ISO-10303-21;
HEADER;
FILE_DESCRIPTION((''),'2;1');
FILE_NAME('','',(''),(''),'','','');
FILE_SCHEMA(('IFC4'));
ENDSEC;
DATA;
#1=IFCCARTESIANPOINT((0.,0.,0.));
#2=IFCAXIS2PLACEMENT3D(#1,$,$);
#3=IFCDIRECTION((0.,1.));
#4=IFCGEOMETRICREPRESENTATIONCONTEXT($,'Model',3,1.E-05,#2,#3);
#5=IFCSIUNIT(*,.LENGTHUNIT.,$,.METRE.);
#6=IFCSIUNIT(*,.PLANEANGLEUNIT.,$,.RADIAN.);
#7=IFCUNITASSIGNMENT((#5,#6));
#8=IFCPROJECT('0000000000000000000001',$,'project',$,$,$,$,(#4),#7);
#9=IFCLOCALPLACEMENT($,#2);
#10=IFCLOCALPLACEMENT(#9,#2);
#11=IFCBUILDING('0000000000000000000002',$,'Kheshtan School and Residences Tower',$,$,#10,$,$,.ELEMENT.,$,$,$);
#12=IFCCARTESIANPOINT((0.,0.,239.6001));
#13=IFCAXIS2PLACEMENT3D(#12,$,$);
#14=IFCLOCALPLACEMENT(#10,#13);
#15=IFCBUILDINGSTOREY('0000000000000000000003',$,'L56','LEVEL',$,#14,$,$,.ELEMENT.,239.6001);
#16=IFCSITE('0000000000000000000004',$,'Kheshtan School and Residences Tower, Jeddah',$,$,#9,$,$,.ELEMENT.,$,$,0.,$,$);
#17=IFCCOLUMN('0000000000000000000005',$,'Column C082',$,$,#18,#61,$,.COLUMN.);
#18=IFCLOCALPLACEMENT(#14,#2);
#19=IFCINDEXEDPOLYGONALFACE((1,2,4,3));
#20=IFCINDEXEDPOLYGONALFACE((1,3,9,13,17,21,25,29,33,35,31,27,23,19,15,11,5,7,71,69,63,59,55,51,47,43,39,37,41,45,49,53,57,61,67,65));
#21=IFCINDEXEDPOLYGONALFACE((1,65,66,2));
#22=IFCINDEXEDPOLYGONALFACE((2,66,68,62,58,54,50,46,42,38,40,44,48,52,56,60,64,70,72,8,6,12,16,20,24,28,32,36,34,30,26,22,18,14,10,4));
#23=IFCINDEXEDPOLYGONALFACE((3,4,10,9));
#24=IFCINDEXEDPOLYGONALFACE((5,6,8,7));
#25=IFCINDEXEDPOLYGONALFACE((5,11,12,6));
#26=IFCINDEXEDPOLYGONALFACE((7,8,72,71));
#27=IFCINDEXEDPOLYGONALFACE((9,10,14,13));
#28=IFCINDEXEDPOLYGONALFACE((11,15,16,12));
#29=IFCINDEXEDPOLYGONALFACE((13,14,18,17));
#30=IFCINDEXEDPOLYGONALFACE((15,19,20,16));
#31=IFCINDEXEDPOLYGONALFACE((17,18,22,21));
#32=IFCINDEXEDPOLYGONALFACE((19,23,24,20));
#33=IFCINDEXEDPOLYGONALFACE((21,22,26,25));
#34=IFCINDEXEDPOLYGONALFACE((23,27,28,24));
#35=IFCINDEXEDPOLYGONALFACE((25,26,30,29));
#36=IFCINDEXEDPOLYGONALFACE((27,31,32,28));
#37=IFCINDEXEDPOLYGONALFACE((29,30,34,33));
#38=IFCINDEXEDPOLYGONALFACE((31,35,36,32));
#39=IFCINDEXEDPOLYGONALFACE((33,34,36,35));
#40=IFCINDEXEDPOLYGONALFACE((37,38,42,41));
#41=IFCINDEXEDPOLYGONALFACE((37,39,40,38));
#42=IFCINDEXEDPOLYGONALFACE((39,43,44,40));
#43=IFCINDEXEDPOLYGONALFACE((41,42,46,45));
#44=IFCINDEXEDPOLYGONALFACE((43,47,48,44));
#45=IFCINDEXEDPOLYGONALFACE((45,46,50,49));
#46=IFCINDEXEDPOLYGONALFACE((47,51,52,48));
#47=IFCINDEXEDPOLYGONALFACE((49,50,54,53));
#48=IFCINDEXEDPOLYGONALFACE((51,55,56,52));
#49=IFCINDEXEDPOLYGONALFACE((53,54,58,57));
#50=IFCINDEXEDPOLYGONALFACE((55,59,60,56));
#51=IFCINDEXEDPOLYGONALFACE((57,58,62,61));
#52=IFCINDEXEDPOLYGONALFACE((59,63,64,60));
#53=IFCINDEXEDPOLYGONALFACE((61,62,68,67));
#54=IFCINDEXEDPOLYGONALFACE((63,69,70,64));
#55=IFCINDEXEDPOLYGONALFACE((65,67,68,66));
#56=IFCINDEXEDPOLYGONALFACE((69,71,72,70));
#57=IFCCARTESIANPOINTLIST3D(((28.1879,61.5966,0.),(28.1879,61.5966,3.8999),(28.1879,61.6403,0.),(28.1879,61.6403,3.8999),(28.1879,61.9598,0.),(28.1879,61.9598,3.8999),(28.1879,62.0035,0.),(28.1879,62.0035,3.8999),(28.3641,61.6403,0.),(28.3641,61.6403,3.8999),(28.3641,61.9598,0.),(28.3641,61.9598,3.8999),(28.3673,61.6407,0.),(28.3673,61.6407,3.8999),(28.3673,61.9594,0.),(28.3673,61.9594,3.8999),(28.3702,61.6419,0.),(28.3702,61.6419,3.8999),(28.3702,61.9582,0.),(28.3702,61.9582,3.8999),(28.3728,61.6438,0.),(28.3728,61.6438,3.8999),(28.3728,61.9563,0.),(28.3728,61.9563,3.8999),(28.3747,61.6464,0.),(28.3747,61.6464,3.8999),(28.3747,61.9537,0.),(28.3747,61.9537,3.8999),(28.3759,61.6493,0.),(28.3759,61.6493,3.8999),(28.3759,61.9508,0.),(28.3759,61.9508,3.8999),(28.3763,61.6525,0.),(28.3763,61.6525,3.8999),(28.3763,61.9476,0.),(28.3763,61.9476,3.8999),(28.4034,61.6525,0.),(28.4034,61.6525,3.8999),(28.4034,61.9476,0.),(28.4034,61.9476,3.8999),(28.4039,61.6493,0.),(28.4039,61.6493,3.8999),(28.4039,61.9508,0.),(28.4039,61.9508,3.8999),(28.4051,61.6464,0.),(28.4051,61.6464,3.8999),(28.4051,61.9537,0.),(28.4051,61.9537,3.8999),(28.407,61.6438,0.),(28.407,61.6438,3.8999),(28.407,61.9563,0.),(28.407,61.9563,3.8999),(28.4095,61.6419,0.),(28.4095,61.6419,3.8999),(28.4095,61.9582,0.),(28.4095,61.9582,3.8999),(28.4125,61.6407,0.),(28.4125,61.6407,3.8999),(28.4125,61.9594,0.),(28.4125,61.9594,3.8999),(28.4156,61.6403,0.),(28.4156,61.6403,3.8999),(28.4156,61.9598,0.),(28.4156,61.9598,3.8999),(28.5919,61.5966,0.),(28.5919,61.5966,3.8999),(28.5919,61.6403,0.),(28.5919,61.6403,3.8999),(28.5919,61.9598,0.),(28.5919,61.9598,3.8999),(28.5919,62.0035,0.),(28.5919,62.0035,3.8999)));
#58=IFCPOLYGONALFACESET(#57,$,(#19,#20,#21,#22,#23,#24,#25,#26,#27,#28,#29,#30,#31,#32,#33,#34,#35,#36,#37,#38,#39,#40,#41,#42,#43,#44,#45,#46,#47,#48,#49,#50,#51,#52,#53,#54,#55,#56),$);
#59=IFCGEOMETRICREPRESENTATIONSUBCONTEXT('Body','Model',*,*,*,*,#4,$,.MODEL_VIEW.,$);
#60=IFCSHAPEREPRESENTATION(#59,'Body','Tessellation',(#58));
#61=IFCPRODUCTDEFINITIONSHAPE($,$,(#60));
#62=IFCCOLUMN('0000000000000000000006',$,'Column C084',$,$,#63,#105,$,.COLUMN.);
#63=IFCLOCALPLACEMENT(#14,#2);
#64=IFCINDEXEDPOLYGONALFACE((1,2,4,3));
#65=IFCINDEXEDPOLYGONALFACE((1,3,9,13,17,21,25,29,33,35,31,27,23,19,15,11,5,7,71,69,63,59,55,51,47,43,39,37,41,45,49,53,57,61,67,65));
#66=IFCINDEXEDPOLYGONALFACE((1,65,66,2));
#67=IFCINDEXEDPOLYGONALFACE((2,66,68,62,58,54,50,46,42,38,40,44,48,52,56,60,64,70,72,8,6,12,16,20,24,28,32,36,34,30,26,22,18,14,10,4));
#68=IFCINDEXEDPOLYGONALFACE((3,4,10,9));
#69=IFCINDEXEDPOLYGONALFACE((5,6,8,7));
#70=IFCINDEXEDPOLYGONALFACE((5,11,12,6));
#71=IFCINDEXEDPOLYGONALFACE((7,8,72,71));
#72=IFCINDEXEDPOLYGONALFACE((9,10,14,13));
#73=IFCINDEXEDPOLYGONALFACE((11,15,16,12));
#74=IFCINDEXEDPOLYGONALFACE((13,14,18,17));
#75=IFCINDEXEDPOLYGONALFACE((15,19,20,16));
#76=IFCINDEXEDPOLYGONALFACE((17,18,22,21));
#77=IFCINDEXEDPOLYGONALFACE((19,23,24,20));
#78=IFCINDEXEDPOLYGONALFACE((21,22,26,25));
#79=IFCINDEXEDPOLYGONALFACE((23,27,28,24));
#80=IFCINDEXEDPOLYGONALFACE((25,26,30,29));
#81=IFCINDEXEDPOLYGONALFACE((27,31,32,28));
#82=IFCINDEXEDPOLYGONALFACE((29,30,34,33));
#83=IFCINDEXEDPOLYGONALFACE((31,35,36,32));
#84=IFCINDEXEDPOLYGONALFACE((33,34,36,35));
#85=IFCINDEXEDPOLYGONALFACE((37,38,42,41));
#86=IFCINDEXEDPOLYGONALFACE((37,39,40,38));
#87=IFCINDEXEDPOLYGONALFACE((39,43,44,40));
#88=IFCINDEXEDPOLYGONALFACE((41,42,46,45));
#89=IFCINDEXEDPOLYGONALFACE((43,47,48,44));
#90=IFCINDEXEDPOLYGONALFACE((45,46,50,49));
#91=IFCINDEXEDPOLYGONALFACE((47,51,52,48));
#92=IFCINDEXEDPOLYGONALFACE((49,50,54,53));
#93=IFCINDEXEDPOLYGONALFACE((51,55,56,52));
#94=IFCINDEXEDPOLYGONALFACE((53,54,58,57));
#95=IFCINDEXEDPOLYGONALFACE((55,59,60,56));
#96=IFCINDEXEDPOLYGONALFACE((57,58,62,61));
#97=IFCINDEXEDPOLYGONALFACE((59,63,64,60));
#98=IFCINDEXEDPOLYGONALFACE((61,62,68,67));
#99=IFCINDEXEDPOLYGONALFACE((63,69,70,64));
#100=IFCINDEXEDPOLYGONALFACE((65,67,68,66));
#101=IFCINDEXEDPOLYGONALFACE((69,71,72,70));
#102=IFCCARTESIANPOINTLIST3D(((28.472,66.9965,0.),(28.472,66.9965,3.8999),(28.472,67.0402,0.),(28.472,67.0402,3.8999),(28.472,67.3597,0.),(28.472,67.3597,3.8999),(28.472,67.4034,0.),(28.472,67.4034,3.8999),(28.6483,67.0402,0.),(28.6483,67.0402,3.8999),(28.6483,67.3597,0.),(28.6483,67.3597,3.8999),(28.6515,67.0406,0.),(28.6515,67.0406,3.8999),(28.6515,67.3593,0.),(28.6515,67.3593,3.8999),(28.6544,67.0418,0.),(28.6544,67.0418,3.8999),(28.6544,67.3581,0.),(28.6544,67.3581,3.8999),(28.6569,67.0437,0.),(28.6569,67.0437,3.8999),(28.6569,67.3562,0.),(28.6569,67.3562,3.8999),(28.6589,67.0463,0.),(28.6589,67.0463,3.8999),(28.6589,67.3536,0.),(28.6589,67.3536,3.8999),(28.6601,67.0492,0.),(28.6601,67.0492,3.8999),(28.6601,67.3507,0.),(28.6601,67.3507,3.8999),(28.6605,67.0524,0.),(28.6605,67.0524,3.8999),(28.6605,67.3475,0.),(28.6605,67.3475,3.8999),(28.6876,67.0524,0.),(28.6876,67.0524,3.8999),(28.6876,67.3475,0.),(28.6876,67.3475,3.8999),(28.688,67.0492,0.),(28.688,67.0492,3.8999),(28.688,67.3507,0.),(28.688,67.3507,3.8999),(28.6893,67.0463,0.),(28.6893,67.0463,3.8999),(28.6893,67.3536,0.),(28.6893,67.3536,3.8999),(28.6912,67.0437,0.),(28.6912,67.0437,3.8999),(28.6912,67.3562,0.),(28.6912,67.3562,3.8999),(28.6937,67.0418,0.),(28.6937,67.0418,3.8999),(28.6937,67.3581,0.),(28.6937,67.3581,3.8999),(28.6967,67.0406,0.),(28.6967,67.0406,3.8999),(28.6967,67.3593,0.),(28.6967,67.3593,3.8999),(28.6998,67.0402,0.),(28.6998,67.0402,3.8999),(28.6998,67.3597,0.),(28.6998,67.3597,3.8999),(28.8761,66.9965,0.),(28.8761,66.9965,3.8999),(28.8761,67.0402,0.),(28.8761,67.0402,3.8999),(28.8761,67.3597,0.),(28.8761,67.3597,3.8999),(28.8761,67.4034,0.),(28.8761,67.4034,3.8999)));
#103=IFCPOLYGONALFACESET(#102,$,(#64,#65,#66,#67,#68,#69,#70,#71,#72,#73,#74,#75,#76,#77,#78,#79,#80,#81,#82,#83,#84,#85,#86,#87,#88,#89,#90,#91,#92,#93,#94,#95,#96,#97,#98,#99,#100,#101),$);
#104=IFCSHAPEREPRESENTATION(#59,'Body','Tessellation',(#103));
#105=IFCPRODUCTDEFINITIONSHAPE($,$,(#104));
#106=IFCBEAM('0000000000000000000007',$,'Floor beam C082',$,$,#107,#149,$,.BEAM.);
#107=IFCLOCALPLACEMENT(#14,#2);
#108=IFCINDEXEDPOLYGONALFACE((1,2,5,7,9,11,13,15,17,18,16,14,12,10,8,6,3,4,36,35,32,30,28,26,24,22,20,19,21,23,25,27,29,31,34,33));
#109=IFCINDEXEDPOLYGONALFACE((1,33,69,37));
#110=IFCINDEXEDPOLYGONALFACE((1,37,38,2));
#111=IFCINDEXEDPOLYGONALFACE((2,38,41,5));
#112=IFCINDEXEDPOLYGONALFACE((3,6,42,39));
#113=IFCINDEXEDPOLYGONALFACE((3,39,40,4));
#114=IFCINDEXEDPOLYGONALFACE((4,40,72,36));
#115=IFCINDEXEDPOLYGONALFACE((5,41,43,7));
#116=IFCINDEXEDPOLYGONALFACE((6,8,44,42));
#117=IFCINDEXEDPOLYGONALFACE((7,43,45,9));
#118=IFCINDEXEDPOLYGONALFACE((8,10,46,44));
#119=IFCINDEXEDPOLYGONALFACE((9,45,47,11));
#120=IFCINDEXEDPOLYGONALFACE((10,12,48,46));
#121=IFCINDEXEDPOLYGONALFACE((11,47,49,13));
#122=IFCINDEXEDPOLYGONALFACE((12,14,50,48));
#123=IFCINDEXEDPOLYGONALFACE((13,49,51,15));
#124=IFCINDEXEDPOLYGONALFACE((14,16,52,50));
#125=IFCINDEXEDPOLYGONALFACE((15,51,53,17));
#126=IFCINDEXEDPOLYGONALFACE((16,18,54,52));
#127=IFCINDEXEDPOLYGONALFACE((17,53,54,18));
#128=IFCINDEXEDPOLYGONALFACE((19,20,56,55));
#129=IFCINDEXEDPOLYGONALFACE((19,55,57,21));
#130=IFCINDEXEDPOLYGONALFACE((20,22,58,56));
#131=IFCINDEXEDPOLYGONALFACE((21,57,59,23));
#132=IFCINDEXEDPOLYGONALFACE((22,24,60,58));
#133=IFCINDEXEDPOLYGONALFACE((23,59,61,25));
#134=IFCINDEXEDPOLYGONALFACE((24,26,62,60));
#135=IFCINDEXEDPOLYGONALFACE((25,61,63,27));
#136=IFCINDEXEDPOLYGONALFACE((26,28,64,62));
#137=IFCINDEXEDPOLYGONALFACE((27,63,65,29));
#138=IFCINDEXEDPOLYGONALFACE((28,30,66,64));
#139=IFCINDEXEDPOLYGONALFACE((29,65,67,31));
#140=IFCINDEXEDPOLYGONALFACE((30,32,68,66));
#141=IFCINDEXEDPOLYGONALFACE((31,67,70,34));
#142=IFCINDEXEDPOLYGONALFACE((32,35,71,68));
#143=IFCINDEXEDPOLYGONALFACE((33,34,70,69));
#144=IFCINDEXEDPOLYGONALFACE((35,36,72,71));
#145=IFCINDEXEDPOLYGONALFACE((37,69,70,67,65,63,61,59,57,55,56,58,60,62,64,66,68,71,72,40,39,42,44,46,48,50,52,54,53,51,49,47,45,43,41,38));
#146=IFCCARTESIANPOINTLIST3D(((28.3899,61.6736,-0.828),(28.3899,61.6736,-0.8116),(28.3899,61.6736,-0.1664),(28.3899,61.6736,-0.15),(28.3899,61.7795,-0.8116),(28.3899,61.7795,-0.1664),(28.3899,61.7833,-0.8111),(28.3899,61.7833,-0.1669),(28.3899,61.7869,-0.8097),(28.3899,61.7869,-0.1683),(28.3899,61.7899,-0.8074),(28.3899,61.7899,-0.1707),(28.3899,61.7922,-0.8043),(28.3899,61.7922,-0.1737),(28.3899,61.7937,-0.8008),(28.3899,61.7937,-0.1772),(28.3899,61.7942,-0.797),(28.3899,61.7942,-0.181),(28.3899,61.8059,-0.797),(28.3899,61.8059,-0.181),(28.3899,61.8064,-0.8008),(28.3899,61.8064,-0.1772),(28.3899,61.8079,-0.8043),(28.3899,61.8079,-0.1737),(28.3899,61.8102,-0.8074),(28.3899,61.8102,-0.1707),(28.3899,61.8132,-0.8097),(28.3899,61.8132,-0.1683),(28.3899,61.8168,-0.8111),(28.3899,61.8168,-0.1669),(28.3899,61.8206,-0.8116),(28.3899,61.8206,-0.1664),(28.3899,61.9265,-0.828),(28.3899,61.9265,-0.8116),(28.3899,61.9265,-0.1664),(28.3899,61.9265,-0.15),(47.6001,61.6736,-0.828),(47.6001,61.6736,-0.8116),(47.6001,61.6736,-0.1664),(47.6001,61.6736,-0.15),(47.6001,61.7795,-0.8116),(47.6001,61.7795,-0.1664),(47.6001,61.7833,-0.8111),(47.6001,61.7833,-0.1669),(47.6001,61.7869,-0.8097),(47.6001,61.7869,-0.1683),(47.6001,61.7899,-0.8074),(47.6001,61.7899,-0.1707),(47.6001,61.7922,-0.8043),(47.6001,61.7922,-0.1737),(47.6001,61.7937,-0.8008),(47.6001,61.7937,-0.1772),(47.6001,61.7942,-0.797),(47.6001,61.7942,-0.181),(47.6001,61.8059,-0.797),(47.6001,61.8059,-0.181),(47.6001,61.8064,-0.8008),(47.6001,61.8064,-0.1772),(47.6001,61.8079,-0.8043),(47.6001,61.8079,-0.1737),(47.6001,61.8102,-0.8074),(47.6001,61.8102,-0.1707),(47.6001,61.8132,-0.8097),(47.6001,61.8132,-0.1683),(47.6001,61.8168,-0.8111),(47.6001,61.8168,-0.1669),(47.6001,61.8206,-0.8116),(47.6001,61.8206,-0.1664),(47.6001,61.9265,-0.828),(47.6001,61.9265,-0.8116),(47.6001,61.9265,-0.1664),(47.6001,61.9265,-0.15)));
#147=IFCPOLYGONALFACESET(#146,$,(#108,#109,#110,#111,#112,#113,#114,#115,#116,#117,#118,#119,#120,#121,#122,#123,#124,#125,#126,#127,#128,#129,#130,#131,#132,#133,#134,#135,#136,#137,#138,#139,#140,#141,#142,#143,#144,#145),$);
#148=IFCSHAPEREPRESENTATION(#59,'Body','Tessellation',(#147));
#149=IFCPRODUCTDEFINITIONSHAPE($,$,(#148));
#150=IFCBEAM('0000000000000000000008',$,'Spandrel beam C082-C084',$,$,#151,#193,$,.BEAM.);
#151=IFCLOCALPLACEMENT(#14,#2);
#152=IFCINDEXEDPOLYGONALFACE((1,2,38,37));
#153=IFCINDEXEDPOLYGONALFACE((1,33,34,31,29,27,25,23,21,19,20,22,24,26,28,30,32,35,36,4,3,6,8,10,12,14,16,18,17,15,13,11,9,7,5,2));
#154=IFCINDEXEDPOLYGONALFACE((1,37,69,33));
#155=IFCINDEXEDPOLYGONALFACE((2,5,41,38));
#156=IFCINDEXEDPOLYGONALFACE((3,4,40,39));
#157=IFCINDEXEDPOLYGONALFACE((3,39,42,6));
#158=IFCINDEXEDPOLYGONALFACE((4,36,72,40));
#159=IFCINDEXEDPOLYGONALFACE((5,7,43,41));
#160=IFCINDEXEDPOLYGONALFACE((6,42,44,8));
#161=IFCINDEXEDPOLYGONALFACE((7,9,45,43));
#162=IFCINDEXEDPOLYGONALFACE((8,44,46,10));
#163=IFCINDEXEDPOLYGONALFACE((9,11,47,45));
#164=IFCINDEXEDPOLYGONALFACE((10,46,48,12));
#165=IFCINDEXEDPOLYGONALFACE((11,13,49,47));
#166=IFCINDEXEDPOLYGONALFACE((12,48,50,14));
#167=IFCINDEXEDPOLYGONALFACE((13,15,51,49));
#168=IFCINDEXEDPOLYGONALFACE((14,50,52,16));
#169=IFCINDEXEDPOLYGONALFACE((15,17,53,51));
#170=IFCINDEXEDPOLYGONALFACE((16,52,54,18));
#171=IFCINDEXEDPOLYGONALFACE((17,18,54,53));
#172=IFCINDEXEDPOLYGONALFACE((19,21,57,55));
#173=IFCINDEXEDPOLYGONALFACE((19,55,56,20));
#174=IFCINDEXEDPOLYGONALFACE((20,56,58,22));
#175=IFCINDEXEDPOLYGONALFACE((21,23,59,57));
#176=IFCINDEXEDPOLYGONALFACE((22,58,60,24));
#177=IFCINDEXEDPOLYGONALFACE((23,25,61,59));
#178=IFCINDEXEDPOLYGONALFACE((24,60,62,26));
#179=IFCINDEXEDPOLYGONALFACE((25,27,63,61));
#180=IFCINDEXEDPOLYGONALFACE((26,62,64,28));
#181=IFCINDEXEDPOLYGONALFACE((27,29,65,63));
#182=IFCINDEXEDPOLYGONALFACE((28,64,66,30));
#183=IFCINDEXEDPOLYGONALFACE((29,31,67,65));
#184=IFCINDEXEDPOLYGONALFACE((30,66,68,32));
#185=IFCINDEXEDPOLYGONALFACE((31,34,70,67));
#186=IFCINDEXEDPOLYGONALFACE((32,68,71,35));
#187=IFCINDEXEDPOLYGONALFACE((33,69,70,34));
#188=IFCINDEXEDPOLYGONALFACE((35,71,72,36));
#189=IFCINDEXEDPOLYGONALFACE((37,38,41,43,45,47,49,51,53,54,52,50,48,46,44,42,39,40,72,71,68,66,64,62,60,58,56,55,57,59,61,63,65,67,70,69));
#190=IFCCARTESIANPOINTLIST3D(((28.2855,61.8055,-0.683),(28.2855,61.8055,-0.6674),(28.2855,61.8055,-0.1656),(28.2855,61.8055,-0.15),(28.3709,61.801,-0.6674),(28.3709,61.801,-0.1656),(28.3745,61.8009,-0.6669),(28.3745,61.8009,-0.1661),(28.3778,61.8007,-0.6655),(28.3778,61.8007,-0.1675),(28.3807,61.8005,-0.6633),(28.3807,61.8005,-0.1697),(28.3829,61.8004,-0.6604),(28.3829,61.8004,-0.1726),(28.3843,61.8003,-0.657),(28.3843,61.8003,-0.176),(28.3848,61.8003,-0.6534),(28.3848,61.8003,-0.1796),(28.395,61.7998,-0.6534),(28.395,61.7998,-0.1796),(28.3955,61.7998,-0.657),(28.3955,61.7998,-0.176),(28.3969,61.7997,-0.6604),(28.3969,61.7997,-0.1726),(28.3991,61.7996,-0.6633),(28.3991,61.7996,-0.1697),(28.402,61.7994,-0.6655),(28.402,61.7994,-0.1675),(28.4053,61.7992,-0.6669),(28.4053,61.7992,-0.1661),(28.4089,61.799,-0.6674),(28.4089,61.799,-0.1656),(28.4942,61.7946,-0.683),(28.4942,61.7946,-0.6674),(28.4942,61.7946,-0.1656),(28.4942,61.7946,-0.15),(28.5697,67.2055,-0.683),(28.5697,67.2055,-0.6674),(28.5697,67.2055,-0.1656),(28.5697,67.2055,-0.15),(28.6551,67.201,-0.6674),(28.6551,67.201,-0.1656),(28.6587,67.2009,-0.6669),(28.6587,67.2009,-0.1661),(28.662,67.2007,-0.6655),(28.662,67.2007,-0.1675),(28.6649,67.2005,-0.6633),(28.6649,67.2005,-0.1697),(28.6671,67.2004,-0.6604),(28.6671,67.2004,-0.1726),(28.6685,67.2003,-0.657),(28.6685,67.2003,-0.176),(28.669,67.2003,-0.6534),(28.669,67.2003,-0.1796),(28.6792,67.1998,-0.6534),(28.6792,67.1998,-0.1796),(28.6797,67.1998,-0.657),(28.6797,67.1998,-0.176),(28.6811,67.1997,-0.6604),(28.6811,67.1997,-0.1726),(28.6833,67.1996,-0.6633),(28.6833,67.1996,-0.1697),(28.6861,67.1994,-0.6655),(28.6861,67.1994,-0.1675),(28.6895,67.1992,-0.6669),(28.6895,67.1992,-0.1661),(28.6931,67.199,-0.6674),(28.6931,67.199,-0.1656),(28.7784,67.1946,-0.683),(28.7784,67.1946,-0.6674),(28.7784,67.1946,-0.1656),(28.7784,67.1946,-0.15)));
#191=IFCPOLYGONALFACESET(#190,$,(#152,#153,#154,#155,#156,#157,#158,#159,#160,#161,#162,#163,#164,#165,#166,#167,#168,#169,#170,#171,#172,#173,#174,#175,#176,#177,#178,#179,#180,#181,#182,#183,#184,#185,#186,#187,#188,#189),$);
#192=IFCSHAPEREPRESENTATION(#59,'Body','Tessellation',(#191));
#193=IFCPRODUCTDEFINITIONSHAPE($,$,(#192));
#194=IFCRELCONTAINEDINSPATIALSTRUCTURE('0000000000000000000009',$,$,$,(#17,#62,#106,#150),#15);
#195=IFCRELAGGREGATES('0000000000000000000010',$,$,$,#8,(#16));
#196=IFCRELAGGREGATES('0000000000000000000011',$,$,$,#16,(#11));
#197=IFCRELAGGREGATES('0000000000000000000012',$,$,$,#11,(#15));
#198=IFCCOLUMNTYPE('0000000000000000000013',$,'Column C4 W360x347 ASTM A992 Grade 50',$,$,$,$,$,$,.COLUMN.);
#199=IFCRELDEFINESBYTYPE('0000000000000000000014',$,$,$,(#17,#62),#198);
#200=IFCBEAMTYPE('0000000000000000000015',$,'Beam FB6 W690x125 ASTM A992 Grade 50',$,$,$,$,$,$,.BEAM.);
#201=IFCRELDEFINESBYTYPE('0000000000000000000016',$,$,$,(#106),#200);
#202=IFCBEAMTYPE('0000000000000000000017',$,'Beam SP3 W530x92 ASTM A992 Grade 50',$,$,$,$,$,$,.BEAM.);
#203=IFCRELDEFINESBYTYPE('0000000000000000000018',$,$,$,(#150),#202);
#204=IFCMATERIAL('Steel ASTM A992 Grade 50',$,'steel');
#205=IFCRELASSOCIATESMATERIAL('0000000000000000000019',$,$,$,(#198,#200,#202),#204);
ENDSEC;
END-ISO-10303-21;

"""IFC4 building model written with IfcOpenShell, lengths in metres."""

from ifc_helpers import new_model, si_unit, direction, frame, origin, origin_2d, place, context, subcontext, project, spatial, i_section, extrude, material, material_profile, profile_set, type_object, element, save


model = new_model("IFC4")

# Units and contexts
model_context = context("Model", 3, precision=1e-05, world=origin(), true_north=direction((0.0, 1.0)))
body_context = subcontext(model_context, "Body", "Model", "MODEL_VIEW")
ifc_project = project(units=[si_unit("LENGTHUNIT", "METRE"), si_unit("PLANEANGLEUNIT", "RADIAN")], contexts=[model_context])

# Site, building, storey
site_placement = place(None, origin())
site = spatial("IfcSite", under=ifc_project, at=site_placement, Name="Kheshtan School and Residences Tower, Jeddah", CompositionType="ELEMENT", RefElevation=0.0)
building_placement = place(site_placement, origin())
building = spatial("IfcBuilding", under=site, at=building_placement, Name="Kheshtan School and Residences Tower", CompositionType="ELEMENT")
storey_placement = place(building_placement, frame((0.0, 0.0, 239.6001)))
storey = spatial("IfcBuildingStorey", under=building, at=storey_placement, Name="L56", Description="LEVEL", CompositionType="ELEMENT", Elevation=239.6001)

# Columns
ifc_material_1 = material(Name="Steel ASTM A992 Grade 50", Category="steel")
ifc_material_profile_1 = material_profile(ifc_material_1, i_section(OverallWidth=0.4041, OverallDepth=0.407, WebThickness=0.0271, FlangeThickness=0.0437, FilletRadius=0.0122, at=origin_2d()), Name="W360x347")
ifc_profile_set_1 = profile_set([ifc_material_profile_1], Name="Steel ASTM A992 Grade 50")
column_type = type_object("IfcColumnType", Name="Column C4 W360x347 ASTM A992 Grade 50", PredefinedType="COLUMN", material=ifc_profile_set_1)
for number, where, z_axis, x_axis, name in (
    (1, (28.3899, 61.8, 0.0), (0.0, 0.0, 1.0), (1.0, 0.0, 0.0), "Column C082"),
    (2, (28.6741, 67.2, 0.0), (0.0, 0.0, 1.0), (1.0, 0.0, 0.0), "Column C084"),
):
    element("IfcColumn", number, at=place(storey_placement, frame(where, z_axis=z_axis, x_axis=x_axis)), inside=storey, type_object=column_type, Name=name, PredefinedType="COLUMN", context=body_context, shape_type="SweptSolid", body=[
        extrude(i_section(OverallWidth=0.4041, OverallDepth=0.407, WebThickness=0.0271, FlangeThickness=0.0437, FilletRadius=0.0122, at=origin_2d()), origin(), (0.0, 0.0, 1.0), 3.8999),
    ])

# Beams
ifc_material_profile_2 = material_profile(ifc_material_1, i_section(OverallWidth=0.2529, OverallDepth=0.678, WebThickness=0.0117, FlangeThickness=0.0164, FilletRadius=0.0146, at=origin_2d()), Name="W690x125")
ifc_profile_set_2 = profile_set([ifc_material_profile_2], Name="Steel ASTM A992 Grade 50")
beam_type_1 = type_object("IfcBeamType", Name="Beam FB6 W690x125 ASTM A992 Grade 50", PredefinedType="BEAM", material=ifc_profile_set_2)
beam_1_placement = place(storey_placement, frame((28.3899, 61.8, -0.489), z_axis=(1.0, 0.0, 0.0), x_axis=(0.0, 1.0, 0.0)))
element("IfcBeam", 3, at=beam_1_placement, inside=storey, type_object=beam_type_1, Name="Floor beam C082", PredefinedType="BEAM", context=body_context, shape_type="SweptSolid", body=[
    extrude(i_section(OverallWidth=0.2529, OverallDepth=0.678, WebThickness=0.0117, FlangeThickness=0.0164, FilletRadius=0.0146, at=origin_2d()), origin(), (0.0, 0.0, 1.0), 19.2102),
])
ifc_material_profile_3 = material_profile(ifc_material_1, i_section(OverallWidth=0.209, OverallDepth=0.533, WebThickness=0.0103, FlangeThickness=0.0156, FilletRadius=0.0139, at=origin_2d()), Name="W530x92")
ifc_profile_set_3 = profile_set([ifc_material_profile_3], Name="Steel ASTM A992 Grade 50")
beam_type_2 = type_object("IfcBeamType", Name="Beam SP3 W530x92 ASTM A992 Grade 50", PredefinedType="BEAM", material=ifc_profile_set_3)
beam_2_placement = place(storey_placement, frame((28.3899, 61.8, -0.4165), z_axis=(0.052554, 0.998618, 0.0), x_axis=(-0.998618, 0.052554, 0.0)))
element("IfcBeam", 4, at=beam_2_placement, inside=storey, type_object=beam_type_2, Name="Spandrel beam C082-C084", PredefinedType="BEAM", context=body_context, shape_type="SweptSolid", body=[
    extrude(i_section(OverallWidth=0.209, OverallDepth=0.533, WebThickness=0.0103, FlangeThickness=0.0156, FilletRadius=0.0139, at=origin_2d()), origin(), (0.0, 0.0, 1.0), 5.4075),
])

save(model, "model.ifc")
